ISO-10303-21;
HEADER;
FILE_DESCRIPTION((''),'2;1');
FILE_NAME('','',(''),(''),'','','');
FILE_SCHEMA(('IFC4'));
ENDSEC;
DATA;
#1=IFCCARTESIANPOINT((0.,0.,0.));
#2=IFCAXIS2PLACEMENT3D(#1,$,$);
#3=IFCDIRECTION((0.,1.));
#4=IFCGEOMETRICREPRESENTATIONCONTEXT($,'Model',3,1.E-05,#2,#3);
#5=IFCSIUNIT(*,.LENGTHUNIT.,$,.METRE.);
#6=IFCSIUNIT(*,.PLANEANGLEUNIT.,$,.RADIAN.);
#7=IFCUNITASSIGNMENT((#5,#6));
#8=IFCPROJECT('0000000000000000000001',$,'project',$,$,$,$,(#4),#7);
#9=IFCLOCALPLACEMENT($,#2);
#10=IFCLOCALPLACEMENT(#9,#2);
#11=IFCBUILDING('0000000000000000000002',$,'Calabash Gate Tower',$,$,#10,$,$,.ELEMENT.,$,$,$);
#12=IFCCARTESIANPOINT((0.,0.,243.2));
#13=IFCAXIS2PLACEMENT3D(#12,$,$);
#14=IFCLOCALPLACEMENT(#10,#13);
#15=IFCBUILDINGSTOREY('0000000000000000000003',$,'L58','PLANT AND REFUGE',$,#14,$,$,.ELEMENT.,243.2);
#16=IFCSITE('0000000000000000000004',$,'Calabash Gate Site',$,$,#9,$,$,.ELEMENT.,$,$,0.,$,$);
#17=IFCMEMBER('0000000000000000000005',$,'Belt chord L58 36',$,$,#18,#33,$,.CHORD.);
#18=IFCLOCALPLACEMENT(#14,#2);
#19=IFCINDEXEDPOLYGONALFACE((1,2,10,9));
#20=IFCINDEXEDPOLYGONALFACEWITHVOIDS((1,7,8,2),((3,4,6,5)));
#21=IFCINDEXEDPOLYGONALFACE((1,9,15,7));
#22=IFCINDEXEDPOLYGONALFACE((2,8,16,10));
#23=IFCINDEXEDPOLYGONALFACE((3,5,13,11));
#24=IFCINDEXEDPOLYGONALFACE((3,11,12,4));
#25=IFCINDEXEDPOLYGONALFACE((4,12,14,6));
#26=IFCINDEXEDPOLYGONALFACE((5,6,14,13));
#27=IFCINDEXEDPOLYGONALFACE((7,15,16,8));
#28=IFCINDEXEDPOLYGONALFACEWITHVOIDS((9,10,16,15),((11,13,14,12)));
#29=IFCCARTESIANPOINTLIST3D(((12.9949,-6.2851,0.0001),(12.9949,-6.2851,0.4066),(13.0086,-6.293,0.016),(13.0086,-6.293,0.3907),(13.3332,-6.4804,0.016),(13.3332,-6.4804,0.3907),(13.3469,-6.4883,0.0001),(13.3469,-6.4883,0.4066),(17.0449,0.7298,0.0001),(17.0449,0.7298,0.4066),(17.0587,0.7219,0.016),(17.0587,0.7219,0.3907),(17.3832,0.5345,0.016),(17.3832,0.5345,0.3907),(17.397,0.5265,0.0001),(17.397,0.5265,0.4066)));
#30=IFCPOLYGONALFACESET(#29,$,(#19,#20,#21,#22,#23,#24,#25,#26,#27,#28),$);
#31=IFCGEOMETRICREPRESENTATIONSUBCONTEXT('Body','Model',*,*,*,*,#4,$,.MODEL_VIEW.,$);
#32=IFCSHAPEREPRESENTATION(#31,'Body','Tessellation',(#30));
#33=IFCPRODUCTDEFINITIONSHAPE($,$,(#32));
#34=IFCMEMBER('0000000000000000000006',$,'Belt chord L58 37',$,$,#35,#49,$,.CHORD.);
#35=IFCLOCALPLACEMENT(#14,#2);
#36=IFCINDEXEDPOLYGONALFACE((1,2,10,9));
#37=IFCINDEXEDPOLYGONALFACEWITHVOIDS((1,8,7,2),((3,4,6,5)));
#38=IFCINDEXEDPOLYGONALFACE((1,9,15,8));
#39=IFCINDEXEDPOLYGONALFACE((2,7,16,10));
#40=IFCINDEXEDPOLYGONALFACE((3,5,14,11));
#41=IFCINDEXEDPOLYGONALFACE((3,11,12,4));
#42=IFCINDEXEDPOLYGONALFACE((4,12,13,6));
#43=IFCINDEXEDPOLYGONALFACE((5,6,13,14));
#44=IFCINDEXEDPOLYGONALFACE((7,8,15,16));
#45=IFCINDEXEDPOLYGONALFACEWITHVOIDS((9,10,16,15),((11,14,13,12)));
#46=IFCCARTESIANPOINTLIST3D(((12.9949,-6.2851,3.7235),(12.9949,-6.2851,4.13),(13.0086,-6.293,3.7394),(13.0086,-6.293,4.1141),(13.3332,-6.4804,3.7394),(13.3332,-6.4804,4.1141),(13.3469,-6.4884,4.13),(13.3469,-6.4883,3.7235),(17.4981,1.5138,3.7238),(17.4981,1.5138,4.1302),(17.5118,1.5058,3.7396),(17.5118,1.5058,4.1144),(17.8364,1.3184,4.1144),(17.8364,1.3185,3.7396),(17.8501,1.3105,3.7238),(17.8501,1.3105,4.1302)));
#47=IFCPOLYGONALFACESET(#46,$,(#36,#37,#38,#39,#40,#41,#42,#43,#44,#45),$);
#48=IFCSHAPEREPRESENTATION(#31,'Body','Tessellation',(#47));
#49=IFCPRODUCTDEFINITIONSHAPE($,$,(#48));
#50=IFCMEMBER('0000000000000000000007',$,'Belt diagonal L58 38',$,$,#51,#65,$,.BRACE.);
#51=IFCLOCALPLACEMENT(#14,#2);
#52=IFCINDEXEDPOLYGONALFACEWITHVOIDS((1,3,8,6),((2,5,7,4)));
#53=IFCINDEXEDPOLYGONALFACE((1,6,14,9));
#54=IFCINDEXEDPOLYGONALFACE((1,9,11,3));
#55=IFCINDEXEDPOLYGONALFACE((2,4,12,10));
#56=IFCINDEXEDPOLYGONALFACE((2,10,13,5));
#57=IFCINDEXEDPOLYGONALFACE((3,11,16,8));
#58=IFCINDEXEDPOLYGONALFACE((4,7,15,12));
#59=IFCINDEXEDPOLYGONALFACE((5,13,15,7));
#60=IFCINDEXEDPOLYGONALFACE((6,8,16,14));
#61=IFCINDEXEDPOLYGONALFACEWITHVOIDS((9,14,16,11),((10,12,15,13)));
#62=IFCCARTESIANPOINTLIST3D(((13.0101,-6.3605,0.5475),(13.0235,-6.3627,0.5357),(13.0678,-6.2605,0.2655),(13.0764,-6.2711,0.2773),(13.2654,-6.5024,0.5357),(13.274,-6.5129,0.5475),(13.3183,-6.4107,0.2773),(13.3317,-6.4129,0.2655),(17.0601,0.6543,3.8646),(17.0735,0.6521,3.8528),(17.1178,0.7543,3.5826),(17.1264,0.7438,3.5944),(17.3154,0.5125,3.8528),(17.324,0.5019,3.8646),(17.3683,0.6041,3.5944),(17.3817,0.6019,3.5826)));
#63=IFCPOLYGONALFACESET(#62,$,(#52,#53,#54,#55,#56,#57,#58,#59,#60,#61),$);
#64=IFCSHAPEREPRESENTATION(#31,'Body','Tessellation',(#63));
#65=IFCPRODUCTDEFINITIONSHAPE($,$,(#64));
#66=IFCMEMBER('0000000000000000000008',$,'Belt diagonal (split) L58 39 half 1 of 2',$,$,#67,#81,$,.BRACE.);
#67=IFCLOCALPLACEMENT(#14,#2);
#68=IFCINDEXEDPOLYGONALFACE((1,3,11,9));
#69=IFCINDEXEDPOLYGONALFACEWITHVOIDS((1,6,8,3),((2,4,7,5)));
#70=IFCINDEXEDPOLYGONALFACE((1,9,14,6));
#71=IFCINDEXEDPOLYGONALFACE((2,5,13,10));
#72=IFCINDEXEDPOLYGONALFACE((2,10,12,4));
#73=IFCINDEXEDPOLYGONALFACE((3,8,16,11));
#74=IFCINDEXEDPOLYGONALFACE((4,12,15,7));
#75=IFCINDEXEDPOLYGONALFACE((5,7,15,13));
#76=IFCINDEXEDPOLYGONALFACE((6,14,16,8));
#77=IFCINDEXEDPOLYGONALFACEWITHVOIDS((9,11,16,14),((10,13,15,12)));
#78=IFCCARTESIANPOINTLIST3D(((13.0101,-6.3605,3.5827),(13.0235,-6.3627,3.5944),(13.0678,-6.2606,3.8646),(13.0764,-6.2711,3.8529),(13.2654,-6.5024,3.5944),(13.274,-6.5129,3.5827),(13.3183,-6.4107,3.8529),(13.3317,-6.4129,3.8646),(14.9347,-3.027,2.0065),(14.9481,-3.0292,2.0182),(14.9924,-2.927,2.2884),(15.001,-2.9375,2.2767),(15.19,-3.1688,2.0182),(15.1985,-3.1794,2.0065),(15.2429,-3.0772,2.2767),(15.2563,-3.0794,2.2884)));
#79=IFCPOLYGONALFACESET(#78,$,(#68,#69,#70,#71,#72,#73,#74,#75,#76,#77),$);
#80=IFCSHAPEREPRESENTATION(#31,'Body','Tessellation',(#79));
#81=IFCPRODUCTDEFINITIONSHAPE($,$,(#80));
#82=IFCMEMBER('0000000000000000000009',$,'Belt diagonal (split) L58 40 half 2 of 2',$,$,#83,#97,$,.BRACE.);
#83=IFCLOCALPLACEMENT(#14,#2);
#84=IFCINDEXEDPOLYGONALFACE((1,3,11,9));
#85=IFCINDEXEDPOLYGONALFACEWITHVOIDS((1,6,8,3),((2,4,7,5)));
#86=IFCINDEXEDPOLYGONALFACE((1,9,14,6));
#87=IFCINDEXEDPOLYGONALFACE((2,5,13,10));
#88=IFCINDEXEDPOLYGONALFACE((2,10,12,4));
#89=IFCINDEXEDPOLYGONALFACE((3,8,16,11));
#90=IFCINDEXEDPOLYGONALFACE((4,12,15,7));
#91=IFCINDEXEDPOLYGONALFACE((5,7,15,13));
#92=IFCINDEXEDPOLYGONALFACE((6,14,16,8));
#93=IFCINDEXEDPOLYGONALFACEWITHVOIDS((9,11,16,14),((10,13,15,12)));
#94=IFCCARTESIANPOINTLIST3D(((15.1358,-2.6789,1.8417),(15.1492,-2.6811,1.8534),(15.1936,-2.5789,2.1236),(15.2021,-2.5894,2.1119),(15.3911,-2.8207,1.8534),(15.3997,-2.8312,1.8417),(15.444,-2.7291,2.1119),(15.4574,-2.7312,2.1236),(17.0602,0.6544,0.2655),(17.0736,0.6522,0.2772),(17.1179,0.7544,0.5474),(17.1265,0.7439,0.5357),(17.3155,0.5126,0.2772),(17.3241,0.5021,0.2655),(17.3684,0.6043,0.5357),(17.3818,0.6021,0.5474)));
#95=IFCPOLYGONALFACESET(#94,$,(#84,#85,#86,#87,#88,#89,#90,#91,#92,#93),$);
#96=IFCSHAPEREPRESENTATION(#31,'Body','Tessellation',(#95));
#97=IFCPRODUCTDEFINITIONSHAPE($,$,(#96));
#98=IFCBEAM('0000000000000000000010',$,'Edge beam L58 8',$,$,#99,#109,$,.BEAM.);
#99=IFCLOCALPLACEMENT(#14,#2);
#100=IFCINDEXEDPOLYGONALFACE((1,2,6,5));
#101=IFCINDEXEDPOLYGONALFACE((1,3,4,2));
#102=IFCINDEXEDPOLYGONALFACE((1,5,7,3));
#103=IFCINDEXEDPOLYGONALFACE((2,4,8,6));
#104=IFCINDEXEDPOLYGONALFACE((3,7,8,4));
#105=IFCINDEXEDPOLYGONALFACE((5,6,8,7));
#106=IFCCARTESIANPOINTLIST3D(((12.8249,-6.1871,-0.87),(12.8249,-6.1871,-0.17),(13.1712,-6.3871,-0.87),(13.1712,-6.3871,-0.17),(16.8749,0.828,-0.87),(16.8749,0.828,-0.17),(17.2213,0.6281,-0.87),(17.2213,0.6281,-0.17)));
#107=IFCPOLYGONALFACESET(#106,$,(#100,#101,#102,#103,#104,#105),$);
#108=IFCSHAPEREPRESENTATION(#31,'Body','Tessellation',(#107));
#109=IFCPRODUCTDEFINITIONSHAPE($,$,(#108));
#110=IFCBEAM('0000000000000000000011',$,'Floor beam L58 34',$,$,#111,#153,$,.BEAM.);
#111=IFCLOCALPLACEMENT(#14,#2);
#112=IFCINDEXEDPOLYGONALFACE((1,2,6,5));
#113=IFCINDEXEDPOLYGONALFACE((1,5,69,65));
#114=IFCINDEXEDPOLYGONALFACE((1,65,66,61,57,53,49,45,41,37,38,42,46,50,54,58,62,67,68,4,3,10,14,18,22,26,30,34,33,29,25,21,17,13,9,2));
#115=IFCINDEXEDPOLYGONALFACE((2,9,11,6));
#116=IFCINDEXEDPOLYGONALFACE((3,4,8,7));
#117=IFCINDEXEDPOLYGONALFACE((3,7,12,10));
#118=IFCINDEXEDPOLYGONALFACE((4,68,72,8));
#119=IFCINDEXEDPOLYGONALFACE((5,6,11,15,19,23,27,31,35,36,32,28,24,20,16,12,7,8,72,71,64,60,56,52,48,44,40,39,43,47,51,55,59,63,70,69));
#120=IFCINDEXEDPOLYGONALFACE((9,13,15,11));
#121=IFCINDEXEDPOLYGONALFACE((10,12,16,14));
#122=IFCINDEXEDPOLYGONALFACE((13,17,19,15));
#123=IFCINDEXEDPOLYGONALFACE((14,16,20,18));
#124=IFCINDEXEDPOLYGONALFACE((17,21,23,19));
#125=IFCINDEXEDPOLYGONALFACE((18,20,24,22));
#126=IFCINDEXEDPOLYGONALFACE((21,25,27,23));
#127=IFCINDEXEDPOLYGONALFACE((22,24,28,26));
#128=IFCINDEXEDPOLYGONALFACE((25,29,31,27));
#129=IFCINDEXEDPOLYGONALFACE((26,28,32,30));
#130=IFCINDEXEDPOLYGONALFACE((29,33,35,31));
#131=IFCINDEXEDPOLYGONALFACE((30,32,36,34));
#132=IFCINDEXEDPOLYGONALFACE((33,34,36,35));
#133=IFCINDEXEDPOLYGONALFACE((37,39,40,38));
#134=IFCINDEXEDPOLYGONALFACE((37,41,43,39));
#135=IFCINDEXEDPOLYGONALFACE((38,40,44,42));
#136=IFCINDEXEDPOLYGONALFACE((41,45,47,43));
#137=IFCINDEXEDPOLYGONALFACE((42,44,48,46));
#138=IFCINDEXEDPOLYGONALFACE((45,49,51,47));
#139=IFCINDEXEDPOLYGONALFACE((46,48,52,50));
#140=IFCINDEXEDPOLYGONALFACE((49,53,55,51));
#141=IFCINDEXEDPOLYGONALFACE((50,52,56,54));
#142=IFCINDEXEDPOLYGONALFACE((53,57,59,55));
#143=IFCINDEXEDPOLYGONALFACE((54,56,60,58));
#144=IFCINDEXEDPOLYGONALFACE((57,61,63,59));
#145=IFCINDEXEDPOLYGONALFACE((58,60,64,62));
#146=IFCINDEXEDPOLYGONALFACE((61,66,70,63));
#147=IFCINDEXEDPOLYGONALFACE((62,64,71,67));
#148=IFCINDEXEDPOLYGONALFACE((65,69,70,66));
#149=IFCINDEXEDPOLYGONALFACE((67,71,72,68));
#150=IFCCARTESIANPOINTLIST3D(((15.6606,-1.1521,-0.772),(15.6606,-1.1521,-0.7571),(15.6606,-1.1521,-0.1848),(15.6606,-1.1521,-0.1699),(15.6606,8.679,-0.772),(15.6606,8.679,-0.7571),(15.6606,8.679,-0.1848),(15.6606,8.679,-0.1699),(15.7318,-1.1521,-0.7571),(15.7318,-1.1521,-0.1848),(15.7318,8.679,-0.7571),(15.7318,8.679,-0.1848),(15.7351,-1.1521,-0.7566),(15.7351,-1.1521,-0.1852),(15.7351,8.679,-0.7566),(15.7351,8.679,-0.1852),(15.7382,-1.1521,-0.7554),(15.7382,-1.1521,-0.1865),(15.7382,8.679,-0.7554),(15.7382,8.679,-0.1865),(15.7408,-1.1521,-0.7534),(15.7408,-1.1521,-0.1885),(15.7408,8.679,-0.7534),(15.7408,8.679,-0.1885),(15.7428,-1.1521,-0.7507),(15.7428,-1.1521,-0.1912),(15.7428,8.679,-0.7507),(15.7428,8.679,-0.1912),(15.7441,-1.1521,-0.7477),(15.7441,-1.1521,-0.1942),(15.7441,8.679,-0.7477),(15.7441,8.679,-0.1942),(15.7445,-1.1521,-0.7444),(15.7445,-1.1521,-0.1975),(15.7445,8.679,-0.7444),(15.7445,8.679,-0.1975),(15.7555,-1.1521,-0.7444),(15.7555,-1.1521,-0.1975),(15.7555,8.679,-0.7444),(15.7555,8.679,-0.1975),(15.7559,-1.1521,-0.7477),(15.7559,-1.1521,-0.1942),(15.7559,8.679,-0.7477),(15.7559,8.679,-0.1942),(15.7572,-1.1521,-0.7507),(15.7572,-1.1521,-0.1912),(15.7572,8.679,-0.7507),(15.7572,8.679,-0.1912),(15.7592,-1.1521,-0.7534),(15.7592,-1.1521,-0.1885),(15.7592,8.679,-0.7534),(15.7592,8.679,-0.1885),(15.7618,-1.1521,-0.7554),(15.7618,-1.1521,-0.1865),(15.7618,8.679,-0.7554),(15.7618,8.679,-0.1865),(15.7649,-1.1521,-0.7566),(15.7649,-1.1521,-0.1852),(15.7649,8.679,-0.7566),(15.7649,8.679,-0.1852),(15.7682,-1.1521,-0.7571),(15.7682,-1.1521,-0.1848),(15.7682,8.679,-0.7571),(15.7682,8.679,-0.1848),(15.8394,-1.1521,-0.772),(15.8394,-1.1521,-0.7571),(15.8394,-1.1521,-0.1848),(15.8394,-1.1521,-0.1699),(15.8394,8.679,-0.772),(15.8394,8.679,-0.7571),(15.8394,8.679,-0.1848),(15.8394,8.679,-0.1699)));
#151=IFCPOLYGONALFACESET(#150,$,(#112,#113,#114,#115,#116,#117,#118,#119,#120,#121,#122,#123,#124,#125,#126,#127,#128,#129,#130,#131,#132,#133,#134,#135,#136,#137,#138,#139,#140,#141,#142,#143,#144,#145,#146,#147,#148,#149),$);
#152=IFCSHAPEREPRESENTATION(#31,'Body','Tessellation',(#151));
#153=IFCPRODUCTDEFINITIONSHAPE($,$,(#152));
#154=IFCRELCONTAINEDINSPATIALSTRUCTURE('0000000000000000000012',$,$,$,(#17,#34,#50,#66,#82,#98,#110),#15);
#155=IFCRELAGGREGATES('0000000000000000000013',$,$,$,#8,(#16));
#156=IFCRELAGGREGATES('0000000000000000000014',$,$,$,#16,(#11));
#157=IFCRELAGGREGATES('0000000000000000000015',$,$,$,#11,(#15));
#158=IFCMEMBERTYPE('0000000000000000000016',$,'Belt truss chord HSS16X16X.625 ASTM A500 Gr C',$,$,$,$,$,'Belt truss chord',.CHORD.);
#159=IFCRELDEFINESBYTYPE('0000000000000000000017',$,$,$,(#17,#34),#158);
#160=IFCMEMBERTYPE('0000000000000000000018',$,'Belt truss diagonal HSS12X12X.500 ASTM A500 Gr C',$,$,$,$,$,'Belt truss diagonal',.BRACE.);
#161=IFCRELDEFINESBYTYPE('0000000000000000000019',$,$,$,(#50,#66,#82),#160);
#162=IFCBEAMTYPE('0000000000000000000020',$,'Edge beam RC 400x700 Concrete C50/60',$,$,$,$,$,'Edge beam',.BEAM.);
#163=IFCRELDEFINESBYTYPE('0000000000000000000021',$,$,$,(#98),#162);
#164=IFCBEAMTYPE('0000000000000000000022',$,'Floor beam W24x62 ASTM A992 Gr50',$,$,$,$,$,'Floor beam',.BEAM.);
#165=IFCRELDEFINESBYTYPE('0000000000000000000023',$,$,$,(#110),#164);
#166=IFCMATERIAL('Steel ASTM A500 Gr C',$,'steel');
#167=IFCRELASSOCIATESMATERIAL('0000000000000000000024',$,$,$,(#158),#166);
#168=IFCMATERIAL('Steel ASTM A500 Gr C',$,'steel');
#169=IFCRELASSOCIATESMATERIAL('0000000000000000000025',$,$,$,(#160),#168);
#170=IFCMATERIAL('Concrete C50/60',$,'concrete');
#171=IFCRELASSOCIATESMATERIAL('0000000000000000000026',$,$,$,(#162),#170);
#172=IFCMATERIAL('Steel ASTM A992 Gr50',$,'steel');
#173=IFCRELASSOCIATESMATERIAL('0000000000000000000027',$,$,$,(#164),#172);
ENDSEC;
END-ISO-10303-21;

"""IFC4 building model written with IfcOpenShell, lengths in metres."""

from ifc_helpers import new_model, si_unit, direction, frame, origin, origin_2d, place, context, subcontext, project, spatial, rectangle, hollow_rectangle, i_section, extrude, material, material_profile, profile_set, type_object, element, save


model = new_model("IFC4")

# Units and contexts
model_context = context("Model", 3, precision=1e-05, world=origin(), true_north=direction((0.0, 1.0)))
body_context = subcontext(model_context, "Body", "Model", "MODEL_VIEW")
ifc_project = project(units=[si_unit("LENGTHUNIT", "METRE"), si_unit("PLANEANGLEUNIT", "RADIAN")], contexts=[model_context])

# Site, building, storey
site_placement = place(None, origin())
site = spatial("IfcSite", under=ifc_project, at=site_placement, Name="Calabash Gate Site", CompositionType="ELEMENT", RefElevation=0.0)
building_placement = place(site_placement, origin())
building = spatial("IfcBuilding", under=site, at=building_placement, Name="Calabash Gate Tower", CompositionType="ELEMENT")
storey_placement = place(building_placement, frame((0.0, 0.0, 243.2)))
storey = spatial("IfcBuildingStorey", under=building, at=storey_placement, Name="L58", Description="PLANT AND REFUGE", CompositionType="ELEMENT", Elevation=243.2)

# Members
ifc_material_1 = material(Name="Steel ASTM A500 Gr C", Category="steel")
ifc_material_profile_1 = material_profile(ifc_material_1, hollow_rectangle(XDim=0.4065, YDim=0.4065, WallThickness=0.0159, at=origin_2d()))
ifc_profile_set_1 = profile_set([ifc_material_profile_1], Name="Steel ASTM A500 Gr C")
member_type_1 = type_object("IfcMemberType", Name="Belt truss chord HSS16X16X.625 ASTM A500 Gr C", ElementType="Belt truss chord", PredefinedType="CHORD", material=ifc_profile_set_1)
member_1_placement = place(storey_placement, frame((13.1709, -6.3867, 0.2034), z_axis=(0.5, 0.866025, 0.0), x_axis=(-0.866025, 0.5, 0.0)))
element("IfcMember", 1, at=member_1_placement, inside=storey, type_object=member_type_1, Name="Belt chord L58 36", PredefinedType="CHORD", context=body_context, shape_type="SweptSolid", body=[
    extrude(hollow_rectangle(XDim=0.4065, YDim=0.4065, WallThickness=0.0159, at=origin_2d()), origin(), (0.0, 0.0, 1.0), 8.1001),
])
member_2_placement = place(storey_placement, frame((13.1709, -6.3867, 3.9268), z_axis=(0.500043, 0.866, 0.000027), x_axis=(-0.866, 0.500043, 0.0)))
element("IfcMember", 2, at=member_2_placement, inside=storey, type_object=member_type_1, Name="Belt chord L58 37", PredefinedType="CHORD", context=body_context, shape_type="SweptSolid", body=[
    extrude(hollow_rectangle(XDim=0.4065, YDim=0.4065, WallThickness=0.0159, at=origin_2d()), origin(), (0.0, 0.0, 1.0), 9.0056),
])
ifc_material_2 = material(Name="Steel ASTM A500 Gr C", Category="steel")
ifc_material_profile_2 = material_profile(ifc_material_2, hollow_rectangle(XDim=0.3047, YDim=0.3047, WallThickness=0.0127, at=origin_2d()))
ifc_profile_set_2 = profile_set([ifc_material_profile_2], Name="Steel ASTM A500 Gr C")
member_type_2 = type_object("IfcMemberType", Name="Belt truss diagonal HSS12X12X.500 ASTM A500 Gr C", ElementType="Belt truss diagonal", PredefinedType="BRACE", material=ifc_profile_set_2)
member_3_placement = place(storey_placement, frame((13.1709, -6.3867, 0.4065), z_axis=(0.462704, 0.801427, 0.378972), x_axis=(-0.866025, 0.5, 0.0)))
element("IfcMember", 3, at=member_3_placement, inside=storey, type_object=member_type_2, Name="Belt diagonal L58 38", PredefinedType="BRACE", context=body_context, shape_type="SweptSolid", body=[
    extrude(hollow_rectangle(XDim=0.3047, YDim=0.3047, WallThickness=0.0127, at=origin_2d()), origin(), (0.0, 0.0, 1.0), 8.7529),
])
member_4_placement = place(storey_placement, frame((13.1709, -6.3867, 3.7236), z_axis=(0.462704, 0.80144, -0.378944), x_axis=(-0.866029, 0.499993, 0.0)))
element("IfcMember", 4, at=member_4_placement, inside=storey, type_object=member_type_2, Name="Belt diagonal (split) L58 39 half 1 of 2", PredefinedType="BRACE", context=body_context, shape_type="SweptSolid", body=[
    extrude(hollow_rectangle(XDim=0.3047, YDim=0.3047, WallThickness=0.0127, at=origin_2d()), origin(), (0.0, 0.0, 1.0), 4.1594),
])
member_5_placement = place(storey_placement, frame((15.2966, -2.7051, 1.9827), z_axis=(0.462679, 0.801441, -0.378972), x_axis=(-0.866041, 0.499973, 0.0)))
element("IfcMember", 5, at=member_5_placement, inside=storey, type_object=member_type_2, Name="Belt diagonal (split) L58 40 half 2 of 2", PredefinedType="BRACE", context=body_context, shape_type="SweptSolid", body=[
    extrude(hollow_rectangle(XDim=0.3047, YDim=0.3047, WallThickness=0.0127, at=origin_2d()), origin(), (0.0, 0.0, 1.0), 4.1592),
])

# Beams
ifc_material_3 = material(Name="Concrete C50/60", Category="concrete")
ifc_material_profile_3 = material_profile(ifc_material_3, rectangle(XDim=0.3999, YDim=0.7, at=origin_2d()))
ifc_profile_set_3 = profile_set([ifc_material_profile_3], Name="Concrete C50/60")
beam_type_1 = type_object("IfcBeamType", Name="Edge beam RC 400x700 Concrete C50/60", ElementType="Edge beam", PredefinedType="BEAM", material=ifc_profile_set_3)
beam_1_placement = place(storey_placement, frame((12.998, -6.2871, -0.52), z_axis=(0.499987, 0.866033, 0.0), x_axis=(-0.866033, 0.499987, 0.0)))
element("IfcBeam", 6, at=beam_1_placement, inside=storey, type_object=beam_type_1, Name="Edge beam L58 8", PredefinedType="BEAM", context=body_context, shape_type="SweptSolid", body=[
    extrude(rectangle(XDim=0.3999, YDim=0.7, at=origin_2d()), origin(), (0.0, 0.0, 1.0), 8.1003),
])
ifc_material_4 = material(Name="Steel ASTM A992 Gr50", Category="steel")
ifc_material_profile_4 = material_profile(ifc_material_4, i_section(OverallWidth=0.1787, OverallDepth=0.6021, WebThickness=0.011, FlangeThickness=0.0149, FilletRadius=0.0127, at=origin_2d()))
ifc_profile_set_4 = profile_set([ifc_material_profile_4], Name="Steel ASTM A992 Gr50")
beam_type_2 = type_object("IfcBeamType", Name="Floor beam W24x62 ASTM A992 Gr50", ElementType="Floor beam", PredefinedType="BEAM", material=ifc_profile_set_4)
beam_2_placement = place(storey_placement, frame((15.75, -1.1521, -0.4709), z_axis=(0.0, 1.0, 0.0), x_axis=(-1.0, 0.0, 0.0)))
element("IfcBeam", 7, at=beam_2_placement, inside=storey, type_object=beam_type_2, Name="Floor beam L58 34", PredefinedType="BEAM", context=body_context, shape_type="SweptSolid", body=[
    extrude(i_section(OverallWidth=0.1787, OverallDepth=0.6021, WebThickness=0.011, FlangeThickness=0.0149, FilletRadius=0.0127, at=origin_2d()), origin(), (0.0, 0.0, 1.0), 9.8311),
])

save(model, "model.ifc")
